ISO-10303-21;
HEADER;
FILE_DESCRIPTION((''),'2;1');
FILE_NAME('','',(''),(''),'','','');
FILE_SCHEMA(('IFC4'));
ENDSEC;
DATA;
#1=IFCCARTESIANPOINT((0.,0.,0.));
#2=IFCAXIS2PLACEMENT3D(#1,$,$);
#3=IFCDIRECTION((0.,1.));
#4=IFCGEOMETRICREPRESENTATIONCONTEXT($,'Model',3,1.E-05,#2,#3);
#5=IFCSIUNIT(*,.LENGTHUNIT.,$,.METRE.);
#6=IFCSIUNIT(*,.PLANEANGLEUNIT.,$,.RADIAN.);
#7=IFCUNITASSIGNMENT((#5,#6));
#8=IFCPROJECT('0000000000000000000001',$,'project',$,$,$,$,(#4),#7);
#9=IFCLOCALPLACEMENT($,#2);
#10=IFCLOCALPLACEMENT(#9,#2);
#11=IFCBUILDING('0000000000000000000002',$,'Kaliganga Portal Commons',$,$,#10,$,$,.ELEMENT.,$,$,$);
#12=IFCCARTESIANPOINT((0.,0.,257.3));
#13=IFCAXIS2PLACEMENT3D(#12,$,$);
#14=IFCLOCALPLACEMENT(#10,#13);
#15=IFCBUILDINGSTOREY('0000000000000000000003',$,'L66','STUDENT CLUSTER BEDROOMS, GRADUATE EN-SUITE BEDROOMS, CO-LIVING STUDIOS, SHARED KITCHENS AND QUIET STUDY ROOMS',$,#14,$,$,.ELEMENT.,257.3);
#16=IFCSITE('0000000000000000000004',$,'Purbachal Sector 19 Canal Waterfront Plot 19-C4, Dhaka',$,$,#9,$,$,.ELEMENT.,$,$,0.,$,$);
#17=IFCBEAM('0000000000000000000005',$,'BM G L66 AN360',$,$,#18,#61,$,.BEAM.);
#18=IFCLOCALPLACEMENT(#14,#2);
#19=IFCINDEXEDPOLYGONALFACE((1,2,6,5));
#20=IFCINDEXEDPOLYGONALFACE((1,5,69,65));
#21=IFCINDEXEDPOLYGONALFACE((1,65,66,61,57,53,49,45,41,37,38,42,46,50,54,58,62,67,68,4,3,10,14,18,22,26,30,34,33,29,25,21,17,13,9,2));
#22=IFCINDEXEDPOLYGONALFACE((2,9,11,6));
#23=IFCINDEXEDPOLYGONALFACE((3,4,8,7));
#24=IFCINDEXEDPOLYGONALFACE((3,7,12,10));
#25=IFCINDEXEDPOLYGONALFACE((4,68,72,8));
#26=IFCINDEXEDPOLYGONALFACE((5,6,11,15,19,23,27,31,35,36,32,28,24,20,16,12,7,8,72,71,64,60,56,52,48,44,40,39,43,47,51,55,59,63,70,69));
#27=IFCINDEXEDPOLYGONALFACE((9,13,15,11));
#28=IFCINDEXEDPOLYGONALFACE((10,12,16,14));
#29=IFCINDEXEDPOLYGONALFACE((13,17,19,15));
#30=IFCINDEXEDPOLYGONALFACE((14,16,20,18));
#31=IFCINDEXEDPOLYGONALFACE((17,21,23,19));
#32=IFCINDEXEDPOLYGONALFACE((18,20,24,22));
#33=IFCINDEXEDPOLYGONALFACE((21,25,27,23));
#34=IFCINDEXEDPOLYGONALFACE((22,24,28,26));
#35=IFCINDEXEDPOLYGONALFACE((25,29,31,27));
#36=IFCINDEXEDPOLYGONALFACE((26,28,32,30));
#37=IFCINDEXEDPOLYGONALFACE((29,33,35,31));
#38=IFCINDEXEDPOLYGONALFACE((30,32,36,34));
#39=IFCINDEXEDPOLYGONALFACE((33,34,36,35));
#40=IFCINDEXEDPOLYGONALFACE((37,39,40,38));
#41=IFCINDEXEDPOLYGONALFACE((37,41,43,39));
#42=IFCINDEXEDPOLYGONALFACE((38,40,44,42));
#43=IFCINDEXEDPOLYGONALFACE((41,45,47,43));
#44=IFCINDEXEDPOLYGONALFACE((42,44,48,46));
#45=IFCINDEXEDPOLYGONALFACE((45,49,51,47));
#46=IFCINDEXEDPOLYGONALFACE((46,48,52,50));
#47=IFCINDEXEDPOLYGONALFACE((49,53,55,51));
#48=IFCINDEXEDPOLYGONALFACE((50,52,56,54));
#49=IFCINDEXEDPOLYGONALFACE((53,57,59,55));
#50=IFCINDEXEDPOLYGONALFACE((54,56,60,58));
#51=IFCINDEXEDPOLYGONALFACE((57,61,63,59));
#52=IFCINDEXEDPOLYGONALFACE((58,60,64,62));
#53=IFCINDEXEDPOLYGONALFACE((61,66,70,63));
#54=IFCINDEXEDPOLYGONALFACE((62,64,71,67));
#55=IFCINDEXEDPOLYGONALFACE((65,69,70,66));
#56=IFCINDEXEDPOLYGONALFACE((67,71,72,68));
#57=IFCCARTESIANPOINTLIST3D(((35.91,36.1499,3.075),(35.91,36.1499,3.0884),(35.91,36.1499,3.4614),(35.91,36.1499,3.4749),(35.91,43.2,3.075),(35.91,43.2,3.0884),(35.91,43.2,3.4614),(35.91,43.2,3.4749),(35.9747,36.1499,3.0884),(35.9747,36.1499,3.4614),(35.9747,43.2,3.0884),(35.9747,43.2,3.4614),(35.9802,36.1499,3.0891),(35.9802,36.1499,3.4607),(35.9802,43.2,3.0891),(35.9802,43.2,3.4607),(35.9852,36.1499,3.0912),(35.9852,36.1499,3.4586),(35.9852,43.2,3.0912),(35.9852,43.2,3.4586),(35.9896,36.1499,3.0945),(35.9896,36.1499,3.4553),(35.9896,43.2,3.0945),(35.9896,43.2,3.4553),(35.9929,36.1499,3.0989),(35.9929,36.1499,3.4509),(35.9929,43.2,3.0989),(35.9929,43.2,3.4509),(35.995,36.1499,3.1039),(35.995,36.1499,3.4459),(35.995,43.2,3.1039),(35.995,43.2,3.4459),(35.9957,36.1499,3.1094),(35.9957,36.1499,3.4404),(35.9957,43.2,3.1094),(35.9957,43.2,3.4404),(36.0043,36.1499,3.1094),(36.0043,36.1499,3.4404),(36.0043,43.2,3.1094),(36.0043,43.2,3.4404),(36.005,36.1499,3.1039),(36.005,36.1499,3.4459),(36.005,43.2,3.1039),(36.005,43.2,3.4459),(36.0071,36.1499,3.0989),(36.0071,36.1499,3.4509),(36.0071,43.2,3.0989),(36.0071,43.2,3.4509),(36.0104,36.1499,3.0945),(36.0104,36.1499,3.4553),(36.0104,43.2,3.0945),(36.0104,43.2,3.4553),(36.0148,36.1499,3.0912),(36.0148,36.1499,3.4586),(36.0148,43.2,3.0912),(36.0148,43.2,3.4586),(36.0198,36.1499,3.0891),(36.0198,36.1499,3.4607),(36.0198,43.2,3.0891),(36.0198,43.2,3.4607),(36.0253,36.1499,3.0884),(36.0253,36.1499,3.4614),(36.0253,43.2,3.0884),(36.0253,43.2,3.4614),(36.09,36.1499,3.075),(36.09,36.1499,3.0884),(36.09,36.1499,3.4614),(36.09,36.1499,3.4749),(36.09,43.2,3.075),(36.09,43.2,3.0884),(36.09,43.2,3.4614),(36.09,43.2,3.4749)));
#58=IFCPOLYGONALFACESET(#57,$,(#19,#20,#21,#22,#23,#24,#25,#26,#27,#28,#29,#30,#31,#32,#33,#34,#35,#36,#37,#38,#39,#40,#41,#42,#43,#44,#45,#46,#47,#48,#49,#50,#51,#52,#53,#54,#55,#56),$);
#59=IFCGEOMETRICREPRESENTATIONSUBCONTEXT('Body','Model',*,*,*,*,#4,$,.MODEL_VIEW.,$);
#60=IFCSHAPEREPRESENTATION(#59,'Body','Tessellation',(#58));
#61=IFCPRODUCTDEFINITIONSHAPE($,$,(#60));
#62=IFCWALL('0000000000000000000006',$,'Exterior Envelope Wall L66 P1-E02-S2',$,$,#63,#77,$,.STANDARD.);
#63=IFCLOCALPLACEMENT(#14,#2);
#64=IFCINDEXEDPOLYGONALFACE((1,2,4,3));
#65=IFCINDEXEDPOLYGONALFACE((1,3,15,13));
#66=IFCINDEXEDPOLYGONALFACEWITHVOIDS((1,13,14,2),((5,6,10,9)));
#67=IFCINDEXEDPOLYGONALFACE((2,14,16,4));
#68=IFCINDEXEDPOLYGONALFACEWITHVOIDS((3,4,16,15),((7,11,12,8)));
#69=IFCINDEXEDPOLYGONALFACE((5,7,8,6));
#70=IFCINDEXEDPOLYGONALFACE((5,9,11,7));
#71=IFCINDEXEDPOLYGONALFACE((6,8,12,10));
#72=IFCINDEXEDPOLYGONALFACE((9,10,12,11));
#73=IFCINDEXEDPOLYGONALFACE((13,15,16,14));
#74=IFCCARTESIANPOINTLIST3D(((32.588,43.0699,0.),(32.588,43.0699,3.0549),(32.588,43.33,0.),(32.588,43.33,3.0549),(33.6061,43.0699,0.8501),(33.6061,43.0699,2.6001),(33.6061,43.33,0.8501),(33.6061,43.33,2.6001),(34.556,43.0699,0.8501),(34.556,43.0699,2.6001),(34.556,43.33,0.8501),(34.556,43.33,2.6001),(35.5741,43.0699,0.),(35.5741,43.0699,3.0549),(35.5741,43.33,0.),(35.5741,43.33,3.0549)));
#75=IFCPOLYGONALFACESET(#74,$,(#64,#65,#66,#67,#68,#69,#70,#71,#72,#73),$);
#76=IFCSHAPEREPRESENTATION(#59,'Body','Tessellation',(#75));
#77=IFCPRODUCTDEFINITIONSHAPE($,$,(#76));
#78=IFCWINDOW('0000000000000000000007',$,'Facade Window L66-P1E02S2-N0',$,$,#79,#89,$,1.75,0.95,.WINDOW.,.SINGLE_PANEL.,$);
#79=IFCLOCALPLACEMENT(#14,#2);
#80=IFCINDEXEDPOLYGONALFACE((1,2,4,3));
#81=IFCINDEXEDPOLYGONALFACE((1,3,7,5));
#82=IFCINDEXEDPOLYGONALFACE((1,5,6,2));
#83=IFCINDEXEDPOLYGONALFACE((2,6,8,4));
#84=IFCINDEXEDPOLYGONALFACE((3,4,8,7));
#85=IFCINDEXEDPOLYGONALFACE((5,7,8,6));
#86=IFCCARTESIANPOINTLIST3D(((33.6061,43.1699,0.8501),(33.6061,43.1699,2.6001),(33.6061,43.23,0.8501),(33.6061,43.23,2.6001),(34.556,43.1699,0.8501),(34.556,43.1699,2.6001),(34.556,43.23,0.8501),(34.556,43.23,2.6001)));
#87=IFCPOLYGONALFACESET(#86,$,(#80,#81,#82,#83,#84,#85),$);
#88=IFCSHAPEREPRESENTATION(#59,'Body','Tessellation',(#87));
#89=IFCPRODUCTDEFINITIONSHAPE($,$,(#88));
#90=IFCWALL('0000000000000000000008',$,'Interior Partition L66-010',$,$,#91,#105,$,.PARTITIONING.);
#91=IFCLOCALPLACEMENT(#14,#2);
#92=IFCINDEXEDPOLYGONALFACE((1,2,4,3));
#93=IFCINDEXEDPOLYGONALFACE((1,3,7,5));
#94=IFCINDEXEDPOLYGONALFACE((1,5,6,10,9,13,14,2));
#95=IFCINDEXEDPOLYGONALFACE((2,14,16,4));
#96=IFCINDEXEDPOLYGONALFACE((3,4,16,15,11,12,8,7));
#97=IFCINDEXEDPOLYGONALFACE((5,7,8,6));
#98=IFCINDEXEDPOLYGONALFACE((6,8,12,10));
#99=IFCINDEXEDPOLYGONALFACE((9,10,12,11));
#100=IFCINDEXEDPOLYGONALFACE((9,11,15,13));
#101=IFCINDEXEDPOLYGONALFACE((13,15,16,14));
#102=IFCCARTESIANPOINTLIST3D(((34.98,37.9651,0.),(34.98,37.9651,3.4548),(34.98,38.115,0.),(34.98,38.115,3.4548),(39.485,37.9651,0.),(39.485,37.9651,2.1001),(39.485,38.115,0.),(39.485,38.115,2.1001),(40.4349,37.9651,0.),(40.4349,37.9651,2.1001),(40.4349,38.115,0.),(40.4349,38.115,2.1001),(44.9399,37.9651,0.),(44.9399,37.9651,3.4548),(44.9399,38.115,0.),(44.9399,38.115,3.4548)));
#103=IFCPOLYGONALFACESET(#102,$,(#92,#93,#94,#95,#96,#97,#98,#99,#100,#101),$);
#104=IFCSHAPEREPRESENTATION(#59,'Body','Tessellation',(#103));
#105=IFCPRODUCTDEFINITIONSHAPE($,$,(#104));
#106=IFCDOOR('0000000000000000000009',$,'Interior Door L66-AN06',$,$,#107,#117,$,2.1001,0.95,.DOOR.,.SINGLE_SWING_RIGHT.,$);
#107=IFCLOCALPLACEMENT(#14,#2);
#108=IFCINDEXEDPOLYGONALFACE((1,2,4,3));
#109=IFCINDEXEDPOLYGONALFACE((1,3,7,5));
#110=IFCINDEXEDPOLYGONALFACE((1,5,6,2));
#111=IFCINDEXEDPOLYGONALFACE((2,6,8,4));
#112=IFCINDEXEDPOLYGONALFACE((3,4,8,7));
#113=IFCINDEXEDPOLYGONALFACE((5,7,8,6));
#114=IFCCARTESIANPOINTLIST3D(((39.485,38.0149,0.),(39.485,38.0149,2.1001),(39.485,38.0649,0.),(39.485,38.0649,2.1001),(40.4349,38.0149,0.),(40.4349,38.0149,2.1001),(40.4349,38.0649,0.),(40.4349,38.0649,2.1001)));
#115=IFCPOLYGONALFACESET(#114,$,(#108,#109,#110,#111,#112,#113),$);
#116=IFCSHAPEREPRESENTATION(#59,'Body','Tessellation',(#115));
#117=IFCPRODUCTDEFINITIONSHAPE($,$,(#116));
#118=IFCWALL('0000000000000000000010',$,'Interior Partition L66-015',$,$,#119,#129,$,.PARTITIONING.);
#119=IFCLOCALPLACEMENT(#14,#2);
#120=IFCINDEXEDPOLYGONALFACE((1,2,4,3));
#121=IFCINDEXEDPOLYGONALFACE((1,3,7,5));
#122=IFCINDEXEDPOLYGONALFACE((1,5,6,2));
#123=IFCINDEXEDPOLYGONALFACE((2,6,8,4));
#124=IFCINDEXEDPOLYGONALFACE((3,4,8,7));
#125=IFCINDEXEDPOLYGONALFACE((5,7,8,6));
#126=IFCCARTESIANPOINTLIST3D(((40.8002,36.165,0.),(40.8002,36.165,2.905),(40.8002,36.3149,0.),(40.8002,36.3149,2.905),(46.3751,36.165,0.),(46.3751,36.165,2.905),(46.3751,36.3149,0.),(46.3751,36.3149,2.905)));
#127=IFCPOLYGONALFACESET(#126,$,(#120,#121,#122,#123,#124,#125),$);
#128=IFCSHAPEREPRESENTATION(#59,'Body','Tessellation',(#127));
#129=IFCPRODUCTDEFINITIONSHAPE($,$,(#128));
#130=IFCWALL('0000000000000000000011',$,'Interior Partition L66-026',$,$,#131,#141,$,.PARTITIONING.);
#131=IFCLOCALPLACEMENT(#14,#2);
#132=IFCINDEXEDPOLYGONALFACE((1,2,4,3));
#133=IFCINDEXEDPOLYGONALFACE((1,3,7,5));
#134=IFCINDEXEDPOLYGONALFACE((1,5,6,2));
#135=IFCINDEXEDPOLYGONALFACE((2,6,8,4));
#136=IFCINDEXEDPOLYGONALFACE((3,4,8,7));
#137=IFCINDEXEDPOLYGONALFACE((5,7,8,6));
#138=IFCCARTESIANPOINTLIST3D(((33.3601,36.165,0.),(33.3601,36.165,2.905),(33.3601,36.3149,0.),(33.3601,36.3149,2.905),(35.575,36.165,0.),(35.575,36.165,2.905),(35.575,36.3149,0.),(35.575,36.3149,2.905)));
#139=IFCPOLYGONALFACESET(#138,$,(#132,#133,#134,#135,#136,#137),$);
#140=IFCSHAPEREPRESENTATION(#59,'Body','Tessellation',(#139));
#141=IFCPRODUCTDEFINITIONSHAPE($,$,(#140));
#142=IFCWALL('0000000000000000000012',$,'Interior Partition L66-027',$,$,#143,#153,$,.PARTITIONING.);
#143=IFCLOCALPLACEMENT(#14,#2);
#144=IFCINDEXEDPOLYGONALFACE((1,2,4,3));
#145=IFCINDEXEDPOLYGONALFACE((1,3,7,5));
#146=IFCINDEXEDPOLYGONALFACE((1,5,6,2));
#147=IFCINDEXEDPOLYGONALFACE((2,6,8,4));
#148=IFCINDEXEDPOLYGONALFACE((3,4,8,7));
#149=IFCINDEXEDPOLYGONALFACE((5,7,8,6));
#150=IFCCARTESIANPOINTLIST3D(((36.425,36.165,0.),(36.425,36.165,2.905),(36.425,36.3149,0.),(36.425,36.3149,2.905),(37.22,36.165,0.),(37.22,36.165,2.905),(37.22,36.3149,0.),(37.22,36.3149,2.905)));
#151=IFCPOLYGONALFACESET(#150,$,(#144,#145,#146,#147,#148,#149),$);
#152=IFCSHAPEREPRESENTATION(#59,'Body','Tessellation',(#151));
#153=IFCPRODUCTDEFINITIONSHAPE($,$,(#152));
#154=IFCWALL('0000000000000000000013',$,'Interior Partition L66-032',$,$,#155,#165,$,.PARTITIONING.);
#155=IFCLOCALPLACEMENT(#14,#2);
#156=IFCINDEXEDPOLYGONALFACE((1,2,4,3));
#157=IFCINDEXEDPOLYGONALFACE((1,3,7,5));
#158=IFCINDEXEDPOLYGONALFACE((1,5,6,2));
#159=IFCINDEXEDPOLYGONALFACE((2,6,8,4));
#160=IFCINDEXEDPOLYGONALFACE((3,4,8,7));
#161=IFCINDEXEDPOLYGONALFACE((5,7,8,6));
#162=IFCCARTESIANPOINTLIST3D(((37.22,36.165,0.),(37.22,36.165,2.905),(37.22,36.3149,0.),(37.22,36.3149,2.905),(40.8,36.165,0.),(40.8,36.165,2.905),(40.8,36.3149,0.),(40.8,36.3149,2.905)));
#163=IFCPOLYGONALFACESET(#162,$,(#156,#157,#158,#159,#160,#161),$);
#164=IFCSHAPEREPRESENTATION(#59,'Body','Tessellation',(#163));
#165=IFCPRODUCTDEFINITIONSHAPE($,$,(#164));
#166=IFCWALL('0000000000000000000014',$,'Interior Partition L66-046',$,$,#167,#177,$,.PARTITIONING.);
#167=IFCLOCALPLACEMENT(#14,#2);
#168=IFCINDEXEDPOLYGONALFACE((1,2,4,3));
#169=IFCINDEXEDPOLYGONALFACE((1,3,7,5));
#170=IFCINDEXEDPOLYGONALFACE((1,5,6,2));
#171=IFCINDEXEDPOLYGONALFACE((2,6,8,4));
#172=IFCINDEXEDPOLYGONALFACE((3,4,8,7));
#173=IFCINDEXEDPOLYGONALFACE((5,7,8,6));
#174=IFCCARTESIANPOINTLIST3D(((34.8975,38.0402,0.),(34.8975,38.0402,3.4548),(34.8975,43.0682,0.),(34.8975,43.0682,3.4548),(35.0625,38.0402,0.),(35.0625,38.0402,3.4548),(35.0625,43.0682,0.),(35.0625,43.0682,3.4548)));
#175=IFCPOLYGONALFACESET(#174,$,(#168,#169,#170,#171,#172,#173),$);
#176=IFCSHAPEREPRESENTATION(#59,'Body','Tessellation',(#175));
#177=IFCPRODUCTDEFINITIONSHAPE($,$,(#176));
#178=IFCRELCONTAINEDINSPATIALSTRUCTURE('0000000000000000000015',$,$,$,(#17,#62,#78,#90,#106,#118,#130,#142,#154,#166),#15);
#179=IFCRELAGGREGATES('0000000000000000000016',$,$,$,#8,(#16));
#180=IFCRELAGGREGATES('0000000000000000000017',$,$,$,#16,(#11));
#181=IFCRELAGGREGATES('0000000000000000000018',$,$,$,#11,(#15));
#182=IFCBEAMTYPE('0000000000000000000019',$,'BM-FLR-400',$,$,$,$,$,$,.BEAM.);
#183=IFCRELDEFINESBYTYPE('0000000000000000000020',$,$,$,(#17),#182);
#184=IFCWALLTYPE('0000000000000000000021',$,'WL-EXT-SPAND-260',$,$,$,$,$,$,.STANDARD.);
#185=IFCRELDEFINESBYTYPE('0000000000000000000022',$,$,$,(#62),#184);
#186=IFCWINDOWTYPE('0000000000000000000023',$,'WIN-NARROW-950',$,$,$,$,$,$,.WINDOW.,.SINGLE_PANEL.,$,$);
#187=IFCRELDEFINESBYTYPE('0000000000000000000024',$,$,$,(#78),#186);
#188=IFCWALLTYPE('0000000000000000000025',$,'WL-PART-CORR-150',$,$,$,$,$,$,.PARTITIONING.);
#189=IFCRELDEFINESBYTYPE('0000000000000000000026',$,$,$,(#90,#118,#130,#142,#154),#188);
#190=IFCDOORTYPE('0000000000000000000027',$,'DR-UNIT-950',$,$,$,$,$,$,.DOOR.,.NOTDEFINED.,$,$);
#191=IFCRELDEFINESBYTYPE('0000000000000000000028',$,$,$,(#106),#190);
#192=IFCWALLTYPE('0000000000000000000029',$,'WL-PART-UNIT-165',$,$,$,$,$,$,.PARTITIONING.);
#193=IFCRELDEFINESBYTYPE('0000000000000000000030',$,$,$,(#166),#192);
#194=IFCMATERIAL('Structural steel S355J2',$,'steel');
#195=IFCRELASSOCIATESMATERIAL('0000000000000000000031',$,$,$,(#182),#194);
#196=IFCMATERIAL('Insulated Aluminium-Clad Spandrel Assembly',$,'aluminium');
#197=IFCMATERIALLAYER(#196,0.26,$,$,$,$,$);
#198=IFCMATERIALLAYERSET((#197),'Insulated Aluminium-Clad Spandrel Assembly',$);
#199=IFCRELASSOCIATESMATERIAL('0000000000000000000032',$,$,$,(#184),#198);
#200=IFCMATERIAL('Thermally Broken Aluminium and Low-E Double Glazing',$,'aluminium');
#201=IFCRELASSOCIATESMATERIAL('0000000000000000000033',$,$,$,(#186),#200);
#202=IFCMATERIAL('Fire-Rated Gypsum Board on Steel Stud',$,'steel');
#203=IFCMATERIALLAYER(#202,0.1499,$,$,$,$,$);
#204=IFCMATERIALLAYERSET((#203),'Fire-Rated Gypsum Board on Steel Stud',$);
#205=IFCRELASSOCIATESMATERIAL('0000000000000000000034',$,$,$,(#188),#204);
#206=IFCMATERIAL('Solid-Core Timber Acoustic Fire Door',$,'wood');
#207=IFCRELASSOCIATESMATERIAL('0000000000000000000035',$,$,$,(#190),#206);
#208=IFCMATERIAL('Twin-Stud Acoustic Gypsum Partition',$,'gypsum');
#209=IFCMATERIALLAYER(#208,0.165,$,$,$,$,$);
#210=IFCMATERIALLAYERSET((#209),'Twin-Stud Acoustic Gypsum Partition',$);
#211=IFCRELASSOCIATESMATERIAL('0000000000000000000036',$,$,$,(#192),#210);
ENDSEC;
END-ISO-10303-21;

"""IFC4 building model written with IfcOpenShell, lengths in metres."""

from ifc_helpers import new_model, si_unit, direction, frame, frame_2d, origin, origin_2d, place, context, subcontext, project, spatial, rectangle, i_section, extrude, source, transform, mapped, material, layer, layer_set, material_profile, profile_set, type_object, element, fill, save


model = new_model("IFC4")

# Units and contexts
model_context = context("Model", 3, precision=1e-05, world=origin(), true_north=direction((0.0, 1.0)))
body_context = subcontext(model_context, "Body", "Model", "MODEL_VIEW")
ifc_project = project(units=[si_unit("LENGTHUNIT", "METRE"), si_unit("PLANEANGLEUNIT", "RADIAN")], contexts=[model_context])

# Site, building, storey
site_placement = place(None, origin())
site = spatial("IfcSite", under=ifc_project, at=site_placement, Name="Purbachal Sector 19 Canal Waterfront Plot 19-C4, Dhaka", CompositionType="ELEMENT", RefElevation=0.0)
building_placement = place(site_placement, origin())
building = spatial("IfcBuilding", under=site, at=building_placement, Name="Kaliganga Portal Commons", CompositionType="ELEMENT")
storey_placement = place(building_placement, frame((0.0, 0.0, 257.3)))
storey = spatial("IfcBuildingStorey", under=building, at=storey_placement, Name="L66", Description="STUDENT CLUSTER BEDROOMS, GRADUATE EN-SUITE BEDROOMS, CO-LIVING STUDIOS, SHARED KITCHENS AND QUIET STUDY ROOMS", CompositionType="ELEMENT", Elevation=257.3)

# Beam
ifc_material_1 = material(Name="Structural steel S355J2", Category="steel")
ifc_material_profile_1 = material_profile(ifc_material_1, i_section(OverallWidth=0.1799, OverallDepth=0.3999, WebThickness=0.0085, FlangeThickness=0.0134, FilletRadius=0.021, at=origin_2d()), Name="IPE 400")
ifc_profile_set_1 = profile_set([ifc_material_profile_1], Name="Structural steel S355J2 wide-flange")
beam_type_1 = type_object("IfcBeamType", Name="BM-FLR-400", PredefinedType="BEAM", material=ifc_profile_set_1)
shared_shape_1 = source(origin(), body_context, "Body", "SweptSolid", [
    extrude(i_section(OverallWidth=0.1799, OverallDepth=0.3999, WebThickness=0.0085, FlangeThickness=0.0134, FilletRadius=0.021, at=origin_2d()), origin(), (0.0, 0.0, 1.0), 7.05),
])
beam_1_placement = place(storey_placement, frame((36.0, 36.1499, 3.2749), z_axis=(0.0, 1.0, 0.0), x_axis=(-1.0, 0.0, 0.0)))
element("IfcBeam", 1, at=beam_1_placement, inside=storey, type_object=beam_type_1, Name="BM G L66 AN360", PredefinedType="BEAM", context=body_context, shape_type="MappedRepresentation", body=[
    mapped(shared_shape_1, transform((0.0, 0.0, 0.0), x_axis=(1.0, 0.0, 0.0), y_axis=(0.0, 1.0, 0.0), z_axis=(0.0, 0.0, 1.0), scale=1.0)),
])

# Shared definitions
ifc_material_2 = material(Name="Insulated Aluminium-Clad Spandrel Assembly", Category="aluminium")
ifc_layer_1 = layer(ifc_material_2, 0.26)
ifc_layer_set_1 = layer_set([ifc_layer_1], Name="Insulated Aluminium-Clad Spandrel Assembly")
wall_type_1 = type_object("IfcWallType", Name="WL-EXT-SPAND-260", PredefinedType="STANDARD", material=ifc_layer_set_1)
ifc_material_3 = material(Name="Thermally Broken Aluminium and Low-E Double Glazing", Category="aluminium")

# Wall, opening, window
wall_1_placement = place(storey_placement, frame((32.5879, 43.2, 0.0), z_axis=(0.0, 0.0, 1.0), x_axis=(1.0, 0.0, 0.0)))
wall_1 = element("IfcWall", 2, at=wall_1_placement, inside=storey, type_object=wall_type_1, Name="Exterior Envelope Wall L66 P1-E02-S2", PredefinedType="STANDARD", context=body_context, shape_type="SweptSolid", body=[
    extrude(rectangle(XDim=2.9861, YDim=0.26, at=frame_2d((1.4932, 0.0))), origin(), (0.0, 0.0, 1.0), 3.0549),
])
opening_1_placement = place(wall_1_placement, frame((1.0181, 0.0, 0.8501)))
opening_1 = element("IfcOpeningElement", 3, at=opening_1_placement, cuts=wall_1, PredefinedType="OPENING", context=body_context, shape_type="SweptSolid", body=[
    extrude(rectangle(XDim=0.95, YDim=1.75, at=frame_2d((0.4751, 0.875))), frame((0.0, 0.1401, 0.0), z_axis=(0.0, -1.0, 0.0), x_axis=(1.0, 0.0, 0.0)), (0.0, 0.0, 1.0), 0.28),
])
window_type_1 = type_object("IfcWindowType", Name="WIN-NARROW-950", PartitioningType="SINGLE_PANEL", PredefinedType="WINDOW", material=ifc_material_3)
window_1_placement = place(opening_1_placement, origin())
window_1 = element("IfcWindow", 4, at=window_1_placement, inside=storey, type_object=window_type_1, Name="Facade Window L66-P1E02S2-N0", OverallHeight=1.75, OverallWidth=0.95, PartitioningType="SINGLE_PANEL", PredefinedType="WINDOW", context=body_context, shape_type="SweptSolid", body=[
    extrude(rectangle(XDim=0.95, YDim=1.75, at=frame_2d((0.4751, 0.875))), frame((0.0, 0.03, 0.0), z_axis=(0.0, -1.0, 0.0), x_axis=(1.0, 0.0, 0.0)), (0.0, 0.0, 1.0), 0.0601),
])
fill(opening_1, window_1)

# Wall, opening, door
ifc_material_4 = material(Name="Fire-Rated Gypsum Board on Steel Stud", Category="steel")
ifc_layer_2 = layer(ifc_material_4, 0.1499)
ifc_layer_set_2 = layer_set([ifc_layer_2], Name="Fire-Rated Gypsum Board on Steel Stud")
wall_type_2 = type_object("IfcWallType", Name="WL-PART-CORR-150", PredefinedType="PARTITIONING", material=ifc_layer_set_2)
wall_2_placement = place(storey_placement, frame((34.98, 38.04, 0.0), z_axis=(0.0, 0.0, 1.0), x_axis=(1.0, 0.0, 0.0)))
wall_2 = element("IfcWall", 5, at=wall_2_placement, inside=storey, type_object=wall_type_2, Name="Interior Partition L66-010", PredefinedType="PARTITIONING", context=body_context, shape_type="SweptSolid", body=[
    extrude(rectangle(XDim=9.96, YDim=0.1499, at=frame_2d((4.98, 0.0))), origin(), (0.0, 0.0, 1.0), 3.4548),
])
opening_2_placement = place(wall_2_placement, frame((4.5049, 0.0, 0.0)))
opening_2 = element("IfcOpeningElement", 6, at=opening_2_placement, cuts=wall_2, PredefinedType="OPENING", context=body_context, shape_type="SweptSolid", body=[
    extrude(rectangle(XDim=0.95, YDim=2.1001, at=frame_2d((0.4751, 1.05))), frame((0.0, 0.085, 0.0), z_axis=(0.0, -1.0, 0.0), x_axis=(1.0, 0.0, 0.0)), (0.0, 0.0, 1.0), 0.1699),
])
ifc_material_5 = material(Name="Solid-Core Timber Acoustic Fire Door", Category="wood")
door_type_1 = type_object("IfcDoorType", Name="DR-UNIT-950", OperationType="NOTDEFINED", PredefinedType="DOOR", material=ifc_material_5)
door_1_placement = place(opening_2_placement, origin())
door_1 = element("IfcDoor", 7, at=door_1_placement, inside=storey, type_object=door_type_1, Name="Interior Door L66-AN06", OperationType="SINGLE_SWING_RIGHT", OverallHeight=2.1001, OverallWidth=0.95, PredefinedType="DOOR", context=body_context, shape_type="SweptSolid", body=[
    extrude(rectangle(XDim=0.95, YDim=2.1001, at=frame_2d((0.4751, 1.05))), frame((0.0, 0.0249, 0.0), z_axis=(0.0, -1.0, 0.0), x_axis=(1.0, 0.0, 0.0)), (0.0, 0.0, 1.0), 0.05),
])
fill(opening_2, door_1)

# Walls
wall_3_placement = place(storey_placement, frame((40.8, 36.24, 0.0), z_axis=(0.0, 0.0, 1.0), x_axis=(1.0, 0.0, 0.0)))
element("IfcWall", 8, at=wall_3_placement, inside=storey, type_object=wall_type_2, Name="Interior Partition L66-015", PredefinedType="PARTITIONING", context=body_context, shape_type="SweptSolid", body=[
    extrude(rectangle(XDim=5.575, YDim=0.1499, at=frame_2d((2.7876, 0.0))), origin(), (0.0, 0.0, 1.0), 2.905),
])
wall_4_placement = place(storey_placement, frame((33.3601, 36.24, 0.0), z_axis=(0.0, 0.0, 1.0), x_axis=(1.0, 0.0, 0.0)))
element("IfcWall", 9, at=wall_4_placement, inside=storey, type_object=wall_type_2, Name="Interior Partition L66-026", PredefinedType="PARTITIONING", context=body_context, shape_type="SweptSolid", body=[
    extrude(rectangle(XDim=2.2148, YDim=0.1499, at=frame_2d((1.1074, 0.0))), origin(), (0.0, 0.0, 1.0), 2.905),
])
wall_5_placement = place(storey_placement, frame((36.425, 36.24, 0.0), z_axis=(0.0, 0.0, 1.0), x_axis=(1.0, 0.0, 0.0)))
element("IfcWall", 10, at=wall_5_placement, inside=storey, type_object=wall_type_2, Name="Interior Partition L66-027", PredefinedType="PARTITIONING", context=body_context, shape_type="SweptSolid", body=[
    extrude(rectangle(XDim=0.7949, YDim=0.1499, at=frame_2d((0.3975, 0.0))), origin(), (0.0, 0.0, 1.0), 2.905),
])
wall_6_placement = place(storey_placement, frame((37.22, 36.24, 0.0), z_axis=(0.0, 0.0, 1.0), x_axis=(1.0, 0.0, 0.0)))
element("IfcWall", 11, at=wall_6_placement, inside=storey, type_object=wall_type_2, Name="Interior Partition L66-032", PredefinedType="PARTITIONING", context=body_context, shape_type="SweptSolid", body=[
    extrude(rectangle(XDim=3.5801, YDim=0.1499, at=frame_2d((1.79, 0.0))), origin(), (0.0, 0.0, 1.0), 2.905),
])
ifc_material_6 = material(Name="Twin-Stud Acoustic Gypsum Partition", Category="gypsum")
ifc_layer_3 = layer(ifc_material_6, 0.165)
ifc_layer_set_3 = layer_set([ifc_layer_3], Name="Twin-Stud Acoustic Gypsum Partition")
wall_type_3 = type_object("IfcWallType", Name="WL-PART-UNIT-165", PredefinedType="PARTITIONING", material=ifc_layer_set_3)
wall_7_placement = place(storey_placement, frame((34.98, 38.04, 0.0), z_axis=(0.0, 0.0, 1.0), x_axis=(0.0, 1.0, 0.0)))
element("IfcWall", 12, at=wall_7_placement, inside=storey, type_object=wall_type_3, Name="Interior Partition L66-046", PredefinedType="PARTITIONING", context=body_context, shape_type="SweptSolid", body=[
    extrude(rectangle(XDim=5.0281, YDim=0.165, at=frame_2d((2.5142, 0.0))), origin(), (0.0, 0.0, 1.0), 3.4548),
])

save(model, "model.ifc")
